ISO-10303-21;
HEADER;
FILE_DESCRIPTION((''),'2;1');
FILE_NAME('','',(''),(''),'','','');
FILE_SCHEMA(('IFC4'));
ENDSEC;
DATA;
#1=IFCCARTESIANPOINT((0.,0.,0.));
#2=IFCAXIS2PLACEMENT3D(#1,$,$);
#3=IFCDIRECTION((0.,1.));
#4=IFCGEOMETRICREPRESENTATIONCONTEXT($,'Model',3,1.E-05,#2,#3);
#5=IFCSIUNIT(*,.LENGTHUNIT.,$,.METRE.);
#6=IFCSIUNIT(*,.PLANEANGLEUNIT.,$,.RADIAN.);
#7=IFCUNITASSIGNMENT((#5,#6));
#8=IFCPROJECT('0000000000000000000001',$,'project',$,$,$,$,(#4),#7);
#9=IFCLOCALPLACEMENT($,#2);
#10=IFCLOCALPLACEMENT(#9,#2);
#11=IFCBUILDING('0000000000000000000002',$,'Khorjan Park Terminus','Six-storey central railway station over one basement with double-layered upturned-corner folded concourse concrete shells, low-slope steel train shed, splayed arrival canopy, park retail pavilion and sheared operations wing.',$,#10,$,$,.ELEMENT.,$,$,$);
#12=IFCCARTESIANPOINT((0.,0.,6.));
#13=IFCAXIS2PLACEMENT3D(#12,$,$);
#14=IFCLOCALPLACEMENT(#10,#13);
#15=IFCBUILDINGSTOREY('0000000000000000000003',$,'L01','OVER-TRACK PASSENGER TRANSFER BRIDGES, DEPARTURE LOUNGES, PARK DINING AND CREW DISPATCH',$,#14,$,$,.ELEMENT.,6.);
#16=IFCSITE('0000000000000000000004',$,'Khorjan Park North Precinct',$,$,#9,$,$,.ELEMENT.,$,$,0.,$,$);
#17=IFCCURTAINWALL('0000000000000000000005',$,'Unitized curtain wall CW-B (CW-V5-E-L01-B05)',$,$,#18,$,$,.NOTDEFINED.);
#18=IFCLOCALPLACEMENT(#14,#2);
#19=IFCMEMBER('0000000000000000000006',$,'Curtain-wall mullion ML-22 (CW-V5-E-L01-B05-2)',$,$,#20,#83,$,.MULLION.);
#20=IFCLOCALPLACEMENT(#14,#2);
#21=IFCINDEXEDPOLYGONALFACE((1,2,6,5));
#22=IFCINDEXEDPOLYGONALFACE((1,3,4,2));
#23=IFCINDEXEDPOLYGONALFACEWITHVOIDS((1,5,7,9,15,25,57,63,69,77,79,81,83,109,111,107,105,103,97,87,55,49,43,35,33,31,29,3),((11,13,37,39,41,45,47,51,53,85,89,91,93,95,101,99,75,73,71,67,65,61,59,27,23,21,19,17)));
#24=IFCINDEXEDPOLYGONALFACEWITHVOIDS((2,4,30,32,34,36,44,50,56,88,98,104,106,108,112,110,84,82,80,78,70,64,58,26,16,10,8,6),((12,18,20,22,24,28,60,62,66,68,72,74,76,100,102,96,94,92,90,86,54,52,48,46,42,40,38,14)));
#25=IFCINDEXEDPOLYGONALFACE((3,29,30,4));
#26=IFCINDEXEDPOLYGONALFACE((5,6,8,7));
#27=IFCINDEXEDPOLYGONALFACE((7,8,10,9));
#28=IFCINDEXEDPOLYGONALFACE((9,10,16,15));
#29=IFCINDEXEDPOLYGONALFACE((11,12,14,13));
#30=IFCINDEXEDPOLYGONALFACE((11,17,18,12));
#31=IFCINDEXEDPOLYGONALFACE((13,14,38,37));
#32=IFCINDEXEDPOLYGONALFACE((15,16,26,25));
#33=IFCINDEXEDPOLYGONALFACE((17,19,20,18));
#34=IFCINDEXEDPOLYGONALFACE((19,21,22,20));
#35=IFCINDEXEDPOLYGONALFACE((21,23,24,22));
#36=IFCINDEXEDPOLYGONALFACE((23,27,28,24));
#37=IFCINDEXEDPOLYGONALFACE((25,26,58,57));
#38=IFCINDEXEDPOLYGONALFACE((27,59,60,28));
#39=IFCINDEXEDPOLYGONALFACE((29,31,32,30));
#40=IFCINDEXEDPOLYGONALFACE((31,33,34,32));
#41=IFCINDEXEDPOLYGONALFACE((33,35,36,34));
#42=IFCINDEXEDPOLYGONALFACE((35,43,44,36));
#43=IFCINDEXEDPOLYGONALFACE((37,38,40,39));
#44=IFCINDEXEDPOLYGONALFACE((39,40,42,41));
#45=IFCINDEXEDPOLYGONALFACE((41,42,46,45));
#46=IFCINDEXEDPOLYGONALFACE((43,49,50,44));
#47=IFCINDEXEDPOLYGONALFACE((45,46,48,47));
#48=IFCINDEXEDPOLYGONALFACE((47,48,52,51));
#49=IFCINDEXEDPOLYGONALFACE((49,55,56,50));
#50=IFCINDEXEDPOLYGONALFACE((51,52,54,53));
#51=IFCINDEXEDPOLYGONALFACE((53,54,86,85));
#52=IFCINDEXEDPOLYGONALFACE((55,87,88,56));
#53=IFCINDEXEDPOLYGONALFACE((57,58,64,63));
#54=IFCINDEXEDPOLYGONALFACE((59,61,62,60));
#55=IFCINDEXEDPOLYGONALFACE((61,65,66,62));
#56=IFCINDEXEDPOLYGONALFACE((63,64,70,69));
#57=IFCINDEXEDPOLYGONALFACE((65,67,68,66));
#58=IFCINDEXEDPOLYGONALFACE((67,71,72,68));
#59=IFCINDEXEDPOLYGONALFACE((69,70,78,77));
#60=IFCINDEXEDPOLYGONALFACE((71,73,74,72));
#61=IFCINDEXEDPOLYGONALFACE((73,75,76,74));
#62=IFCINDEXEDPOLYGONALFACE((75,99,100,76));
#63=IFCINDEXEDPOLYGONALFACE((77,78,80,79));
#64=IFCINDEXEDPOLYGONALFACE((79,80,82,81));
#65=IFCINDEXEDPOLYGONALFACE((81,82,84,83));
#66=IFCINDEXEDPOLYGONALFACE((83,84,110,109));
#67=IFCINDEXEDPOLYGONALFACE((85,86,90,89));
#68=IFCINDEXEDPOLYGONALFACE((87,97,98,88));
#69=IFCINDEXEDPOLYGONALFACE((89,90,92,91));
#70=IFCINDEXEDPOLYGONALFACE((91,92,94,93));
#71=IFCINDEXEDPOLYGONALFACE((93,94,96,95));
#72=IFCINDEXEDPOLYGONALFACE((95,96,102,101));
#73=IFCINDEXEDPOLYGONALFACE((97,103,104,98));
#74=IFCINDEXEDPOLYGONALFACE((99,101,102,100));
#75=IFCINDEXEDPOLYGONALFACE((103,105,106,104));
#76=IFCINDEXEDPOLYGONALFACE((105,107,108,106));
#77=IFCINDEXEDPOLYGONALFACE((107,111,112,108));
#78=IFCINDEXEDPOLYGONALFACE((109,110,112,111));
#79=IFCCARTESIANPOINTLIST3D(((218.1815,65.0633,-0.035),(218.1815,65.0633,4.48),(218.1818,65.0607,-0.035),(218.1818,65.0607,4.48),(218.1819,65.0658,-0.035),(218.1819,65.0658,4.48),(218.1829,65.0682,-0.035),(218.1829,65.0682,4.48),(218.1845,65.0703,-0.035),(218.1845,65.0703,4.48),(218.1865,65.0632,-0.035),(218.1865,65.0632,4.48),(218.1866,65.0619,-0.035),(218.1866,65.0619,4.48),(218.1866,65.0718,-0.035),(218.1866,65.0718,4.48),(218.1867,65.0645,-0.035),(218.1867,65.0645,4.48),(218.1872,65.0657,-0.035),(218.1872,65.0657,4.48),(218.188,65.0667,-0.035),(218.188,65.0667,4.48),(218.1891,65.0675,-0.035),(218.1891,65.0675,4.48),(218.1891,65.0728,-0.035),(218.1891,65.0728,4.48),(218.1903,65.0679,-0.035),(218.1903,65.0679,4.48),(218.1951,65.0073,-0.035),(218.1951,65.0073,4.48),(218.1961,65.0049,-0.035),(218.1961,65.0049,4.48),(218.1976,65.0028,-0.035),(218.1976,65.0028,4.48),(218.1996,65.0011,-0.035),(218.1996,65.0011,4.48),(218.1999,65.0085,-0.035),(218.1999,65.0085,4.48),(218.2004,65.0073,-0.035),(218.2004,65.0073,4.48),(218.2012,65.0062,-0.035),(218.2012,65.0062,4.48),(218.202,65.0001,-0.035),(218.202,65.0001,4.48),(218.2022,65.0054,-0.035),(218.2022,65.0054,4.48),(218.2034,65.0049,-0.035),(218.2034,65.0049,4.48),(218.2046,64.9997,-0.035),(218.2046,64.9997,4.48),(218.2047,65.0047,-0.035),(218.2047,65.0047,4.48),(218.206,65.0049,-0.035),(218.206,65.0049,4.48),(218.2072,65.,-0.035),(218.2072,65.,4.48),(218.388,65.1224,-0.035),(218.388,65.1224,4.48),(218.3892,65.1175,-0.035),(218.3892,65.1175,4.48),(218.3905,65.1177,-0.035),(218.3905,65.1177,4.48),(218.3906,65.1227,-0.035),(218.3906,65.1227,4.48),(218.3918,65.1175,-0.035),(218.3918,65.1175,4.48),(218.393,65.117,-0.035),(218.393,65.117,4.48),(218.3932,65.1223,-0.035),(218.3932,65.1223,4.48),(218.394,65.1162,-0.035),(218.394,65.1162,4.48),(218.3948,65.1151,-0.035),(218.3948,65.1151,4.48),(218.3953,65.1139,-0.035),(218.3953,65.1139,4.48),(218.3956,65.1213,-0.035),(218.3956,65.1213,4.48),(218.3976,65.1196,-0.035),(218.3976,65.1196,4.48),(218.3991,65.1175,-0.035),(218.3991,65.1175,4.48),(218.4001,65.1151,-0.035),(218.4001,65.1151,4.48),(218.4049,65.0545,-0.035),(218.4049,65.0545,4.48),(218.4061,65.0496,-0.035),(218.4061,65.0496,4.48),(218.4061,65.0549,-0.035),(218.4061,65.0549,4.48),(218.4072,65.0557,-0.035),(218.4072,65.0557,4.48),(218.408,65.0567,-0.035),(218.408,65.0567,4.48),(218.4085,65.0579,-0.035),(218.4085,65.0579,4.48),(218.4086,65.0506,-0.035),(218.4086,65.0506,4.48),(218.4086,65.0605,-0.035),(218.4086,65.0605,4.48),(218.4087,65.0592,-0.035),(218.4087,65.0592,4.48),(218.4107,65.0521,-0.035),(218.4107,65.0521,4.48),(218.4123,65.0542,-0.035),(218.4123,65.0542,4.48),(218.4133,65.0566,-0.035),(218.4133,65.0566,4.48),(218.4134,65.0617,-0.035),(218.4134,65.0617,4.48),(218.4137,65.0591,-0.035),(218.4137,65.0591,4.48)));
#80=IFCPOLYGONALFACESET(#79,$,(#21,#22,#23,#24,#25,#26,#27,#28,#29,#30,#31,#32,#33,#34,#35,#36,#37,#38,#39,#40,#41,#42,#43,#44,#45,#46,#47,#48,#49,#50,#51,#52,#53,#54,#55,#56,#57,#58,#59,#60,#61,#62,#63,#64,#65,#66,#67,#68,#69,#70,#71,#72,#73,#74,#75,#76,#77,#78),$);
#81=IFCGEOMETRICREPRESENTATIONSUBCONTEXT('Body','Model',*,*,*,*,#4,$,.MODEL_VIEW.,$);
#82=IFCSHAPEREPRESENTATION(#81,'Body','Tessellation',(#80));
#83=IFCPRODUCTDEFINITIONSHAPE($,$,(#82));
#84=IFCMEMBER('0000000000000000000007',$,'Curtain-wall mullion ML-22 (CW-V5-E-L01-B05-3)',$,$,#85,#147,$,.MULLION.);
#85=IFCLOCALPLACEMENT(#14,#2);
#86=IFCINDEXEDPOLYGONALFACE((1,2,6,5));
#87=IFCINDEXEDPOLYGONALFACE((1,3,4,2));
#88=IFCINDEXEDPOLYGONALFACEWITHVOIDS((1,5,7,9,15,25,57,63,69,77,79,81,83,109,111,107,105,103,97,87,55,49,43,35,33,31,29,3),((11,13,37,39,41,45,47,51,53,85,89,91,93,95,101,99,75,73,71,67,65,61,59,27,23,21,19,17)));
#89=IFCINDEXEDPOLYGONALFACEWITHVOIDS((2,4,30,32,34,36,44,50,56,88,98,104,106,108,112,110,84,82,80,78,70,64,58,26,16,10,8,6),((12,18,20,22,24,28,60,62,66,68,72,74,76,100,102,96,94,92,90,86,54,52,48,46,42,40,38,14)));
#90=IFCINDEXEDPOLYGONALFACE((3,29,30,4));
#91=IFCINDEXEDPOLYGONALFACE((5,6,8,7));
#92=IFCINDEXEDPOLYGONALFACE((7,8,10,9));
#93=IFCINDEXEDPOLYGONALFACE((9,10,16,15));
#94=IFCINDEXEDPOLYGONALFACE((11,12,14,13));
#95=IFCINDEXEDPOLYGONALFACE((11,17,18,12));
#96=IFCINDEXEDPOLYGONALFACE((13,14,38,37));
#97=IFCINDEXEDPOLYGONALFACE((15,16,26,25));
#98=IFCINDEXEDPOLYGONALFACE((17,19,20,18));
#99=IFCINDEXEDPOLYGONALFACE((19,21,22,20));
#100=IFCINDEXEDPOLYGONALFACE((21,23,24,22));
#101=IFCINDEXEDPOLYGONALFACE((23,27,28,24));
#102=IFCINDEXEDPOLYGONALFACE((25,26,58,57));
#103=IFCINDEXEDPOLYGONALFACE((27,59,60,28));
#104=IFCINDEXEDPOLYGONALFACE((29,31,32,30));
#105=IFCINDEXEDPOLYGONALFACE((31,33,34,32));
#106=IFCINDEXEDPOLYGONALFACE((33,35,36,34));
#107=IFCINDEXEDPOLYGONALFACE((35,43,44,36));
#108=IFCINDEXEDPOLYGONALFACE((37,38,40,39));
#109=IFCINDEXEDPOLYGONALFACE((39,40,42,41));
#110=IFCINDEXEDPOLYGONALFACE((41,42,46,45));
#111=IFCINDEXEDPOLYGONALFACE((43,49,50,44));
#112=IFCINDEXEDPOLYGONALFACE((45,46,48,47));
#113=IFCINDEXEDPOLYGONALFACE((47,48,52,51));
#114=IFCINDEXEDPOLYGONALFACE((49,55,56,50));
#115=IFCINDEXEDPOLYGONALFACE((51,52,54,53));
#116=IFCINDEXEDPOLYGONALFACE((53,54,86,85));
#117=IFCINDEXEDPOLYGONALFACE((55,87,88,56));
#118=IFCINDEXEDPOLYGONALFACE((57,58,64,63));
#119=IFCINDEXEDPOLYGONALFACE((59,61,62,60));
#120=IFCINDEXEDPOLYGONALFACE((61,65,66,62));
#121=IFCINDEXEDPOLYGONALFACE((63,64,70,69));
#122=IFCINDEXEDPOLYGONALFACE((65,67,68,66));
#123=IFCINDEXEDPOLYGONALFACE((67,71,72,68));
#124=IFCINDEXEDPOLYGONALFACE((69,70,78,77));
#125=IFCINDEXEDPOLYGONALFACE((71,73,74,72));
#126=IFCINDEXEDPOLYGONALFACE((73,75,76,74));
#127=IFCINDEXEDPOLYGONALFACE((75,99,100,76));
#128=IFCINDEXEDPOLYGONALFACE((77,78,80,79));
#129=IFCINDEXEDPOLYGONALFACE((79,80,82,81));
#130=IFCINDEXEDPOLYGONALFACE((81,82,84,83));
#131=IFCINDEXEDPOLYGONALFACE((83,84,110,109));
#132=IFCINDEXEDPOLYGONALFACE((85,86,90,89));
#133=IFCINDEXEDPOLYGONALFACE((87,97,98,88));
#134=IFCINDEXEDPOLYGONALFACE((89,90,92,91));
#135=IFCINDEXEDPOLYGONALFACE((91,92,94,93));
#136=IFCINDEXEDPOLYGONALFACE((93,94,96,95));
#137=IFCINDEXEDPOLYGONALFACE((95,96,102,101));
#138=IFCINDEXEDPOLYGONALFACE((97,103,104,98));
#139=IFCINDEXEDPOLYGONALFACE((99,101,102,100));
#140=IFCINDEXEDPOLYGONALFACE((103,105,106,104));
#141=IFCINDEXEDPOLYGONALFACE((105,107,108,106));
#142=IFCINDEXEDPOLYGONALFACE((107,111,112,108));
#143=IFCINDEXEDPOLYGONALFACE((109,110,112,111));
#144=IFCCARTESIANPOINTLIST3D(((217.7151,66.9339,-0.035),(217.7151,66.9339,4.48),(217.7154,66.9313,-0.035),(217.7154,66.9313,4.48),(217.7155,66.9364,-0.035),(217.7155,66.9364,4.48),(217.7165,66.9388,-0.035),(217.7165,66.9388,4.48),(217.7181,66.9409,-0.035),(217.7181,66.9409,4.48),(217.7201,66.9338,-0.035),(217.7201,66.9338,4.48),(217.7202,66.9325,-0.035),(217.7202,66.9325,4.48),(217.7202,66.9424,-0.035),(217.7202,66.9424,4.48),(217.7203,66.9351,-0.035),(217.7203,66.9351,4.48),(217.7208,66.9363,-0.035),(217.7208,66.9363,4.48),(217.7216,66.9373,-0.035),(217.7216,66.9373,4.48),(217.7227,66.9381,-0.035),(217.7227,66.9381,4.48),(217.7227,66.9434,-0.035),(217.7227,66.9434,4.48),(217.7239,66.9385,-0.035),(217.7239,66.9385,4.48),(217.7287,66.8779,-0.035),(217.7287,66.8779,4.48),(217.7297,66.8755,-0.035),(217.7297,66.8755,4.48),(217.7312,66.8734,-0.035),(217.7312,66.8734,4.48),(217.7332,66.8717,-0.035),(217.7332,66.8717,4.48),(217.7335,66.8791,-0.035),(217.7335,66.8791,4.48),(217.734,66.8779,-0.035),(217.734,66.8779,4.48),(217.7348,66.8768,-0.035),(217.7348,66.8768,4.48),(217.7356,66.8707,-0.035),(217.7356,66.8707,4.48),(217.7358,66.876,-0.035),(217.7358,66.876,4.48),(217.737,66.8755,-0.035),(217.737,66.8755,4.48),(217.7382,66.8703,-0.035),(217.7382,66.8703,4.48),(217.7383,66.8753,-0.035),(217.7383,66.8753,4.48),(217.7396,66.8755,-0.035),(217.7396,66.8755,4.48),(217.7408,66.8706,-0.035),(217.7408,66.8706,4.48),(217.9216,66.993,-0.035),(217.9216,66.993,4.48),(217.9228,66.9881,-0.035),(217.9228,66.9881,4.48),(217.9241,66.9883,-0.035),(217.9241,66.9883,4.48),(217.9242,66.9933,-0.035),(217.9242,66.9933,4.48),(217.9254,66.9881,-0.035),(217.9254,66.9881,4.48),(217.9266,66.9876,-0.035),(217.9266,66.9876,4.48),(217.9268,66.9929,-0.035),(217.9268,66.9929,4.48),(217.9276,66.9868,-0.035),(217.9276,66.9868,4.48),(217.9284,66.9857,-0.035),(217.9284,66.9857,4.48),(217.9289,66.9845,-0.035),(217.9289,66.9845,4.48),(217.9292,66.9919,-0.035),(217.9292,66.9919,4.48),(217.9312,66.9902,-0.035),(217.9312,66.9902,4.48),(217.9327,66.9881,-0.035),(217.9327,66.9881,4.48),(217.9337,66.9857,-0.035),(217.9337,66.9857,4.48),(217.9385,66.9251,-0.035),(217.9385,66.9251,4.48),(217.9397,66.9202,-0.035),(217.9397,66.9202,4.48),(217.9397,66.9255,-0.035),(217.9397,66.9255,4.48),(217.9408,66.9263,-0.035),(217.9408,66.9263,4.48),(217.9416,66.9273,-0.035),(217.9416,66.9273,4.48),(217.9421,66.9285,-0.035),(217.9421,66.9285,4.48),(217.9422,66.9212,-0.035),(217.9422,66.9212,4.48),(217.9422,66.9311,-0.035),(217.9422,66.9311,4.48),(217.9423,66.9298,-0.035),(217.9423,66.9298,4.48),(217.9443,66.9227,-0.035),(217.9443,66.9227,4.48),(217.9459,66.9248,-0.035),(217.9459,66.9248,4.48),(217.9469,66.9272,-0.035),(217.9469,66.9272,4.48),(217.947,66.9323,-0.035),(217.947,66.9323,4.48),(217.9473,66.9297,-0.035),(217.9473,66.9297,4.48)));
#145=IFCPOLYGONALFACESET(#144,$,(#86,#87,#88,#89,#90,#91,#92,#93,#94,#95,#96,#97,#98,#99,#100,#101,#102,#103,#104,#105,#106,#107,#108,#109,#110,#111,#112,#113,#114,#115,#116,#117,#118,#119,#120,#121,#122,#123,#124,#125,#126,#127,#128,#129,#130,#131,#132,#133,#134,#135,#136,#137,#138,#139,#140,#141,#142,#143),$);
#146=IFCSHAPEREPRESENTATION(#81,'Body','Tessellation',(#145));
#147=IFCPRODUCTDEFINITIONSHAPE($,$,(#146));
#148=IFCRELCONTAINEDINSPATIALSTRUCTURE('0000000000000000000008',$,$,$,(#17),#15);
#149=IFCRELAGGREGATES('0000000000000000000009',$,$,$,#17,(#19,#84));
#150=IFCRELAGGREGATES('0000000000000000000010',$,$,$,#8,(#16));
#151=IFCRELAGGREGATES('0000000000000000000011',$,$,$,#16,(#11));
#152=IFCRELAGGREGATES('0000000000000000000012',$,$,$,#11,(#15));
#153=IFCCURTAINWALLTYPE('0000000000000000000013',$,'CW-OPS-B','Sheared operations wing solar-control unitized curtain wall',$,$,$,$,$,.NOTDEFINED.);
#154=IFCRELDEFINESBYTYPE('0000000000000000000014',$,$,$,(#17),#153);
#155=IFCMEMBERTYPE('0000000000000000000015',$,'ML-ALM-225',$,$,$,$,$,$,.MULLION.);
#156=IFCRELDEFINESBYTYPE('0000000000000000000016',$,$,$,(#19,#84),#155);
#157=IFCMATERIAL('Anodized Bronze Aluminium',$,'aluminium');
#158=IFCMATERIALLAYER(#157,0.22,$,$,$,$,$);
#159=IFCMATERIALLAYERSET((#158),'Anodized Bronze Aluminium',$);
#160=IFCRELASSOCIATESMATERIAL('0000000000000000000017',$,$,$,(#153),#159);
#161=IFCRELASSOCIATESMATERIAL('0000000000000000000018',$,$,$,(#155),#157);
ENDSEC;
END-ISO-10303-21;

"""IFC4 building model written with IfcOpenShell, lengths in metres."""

from ifc_helpers import new_model, si_unit, direction, frame, origin, origin_2d, place, context, subcontext, project, spatial, hollow_rectangle, extrude, material, layer, layer_set, material_profile, profile_set, type_object, element, aggregate, save


model = new_model("IFC4")

# Units and contexts
model_context = context("Model", 3, precision=1e-05, world=origin(), true_north=direction((0.0, 1.0)))
body_context = subcontext(model_context, "Body", "Model", "MODEL_VIEW")
ifc_project = project(units=[si_unit("LENGTHUNIT", "METRE"), si_unit("PLANEANGLEUNIT", "RADIAN")], contexts=[model_context])

# Site, building, storey
site_placement = place(None, origin())
site = spatial("IfcSite", under=ifc_project, at=site_placement, Name="Khorjan Park North Precinct", CompositionType="ELEMENT", RefElevation=0.0)
building_placement = place(site_placement, origin())
building = spatial("IfcBuilding", under=site, at=building_placement, Name="Khorjan Park Terminus", Description="Six-storey central railway station over one basement with double-layered upturned-corner folded concourse concrete shells, low-slope steel train shed, splayed arrival canopy, park retail pavilion and sheared operations wing.", CompositionType="ELEMENT")
storey_placement = place(building_placement, frame((0.0, 0.0, 6.0)))
storey = spatial("IfcBuildingStorey", under=building, at=storey_placement, Name="L01", Description="OVER-TRACK PASSENGER TRANSFER BRIDGES, DEPARTURE LOUNGES, PARK DINING AND CREW DISPATCH", CompositionType="ELEMENT", Elevation=6.0)

# Curtain wall, members
ifc_material_1 = material(Name="Anodized Bronze Aluminium", Category="aluminium")
ifc_layer_1 = layer(ifc_material_1, 0.22)
ifc_layer_set_1 = layer_set([ifc_layer_1], Name="Anodized Bronze Aluminium")
curtain_wall_type = type_object("IfcCurtainWallType", Name="CW-OPS-B", Description="Sheared operations wing solar-control unitized curtain wall", PredefinedType="NOTDEFINED", material=ifc_layer_set_1)
curtain_wall_placement = place(storey_placement, origin())
curtain_wall = element("IfcCurtainWall", 1, at=curtain_wall_placement, inside=storey, type_object=curtain_wall_type, Name="Unitized curtain wall CW-B (CW-V5-E-L01-B05)", PredefinedType="NOTDEFINED")
ifc_material_profile_1 = material_profile(ifc_material_1, hollow_rectangle(XDim=0.075, YDim=0.225, WallThickness=0.005, InnerFilletRadius=0.005, OuterFilletRadius=0.01, at=origin_2d()), Name="ALM 75x225x5")
ifc_profile_set_1 = profile_set([ifc_material_profile_1], Name="Anodized Bronze Aluminium")
member_type_1 = type_object("IfcMemberType", Name="ML-ALM-225", PredefinedType="MULLION", material=ifc_profile_set_1)
member_1_placement = place(storey_placement, frame((218.2976, 65.0612, -0.035), z_axis=(0.0, 0.0, 1.0), x_axis=(-0.241935, 0.970292, 0.0)))
member_1 = element("IfcMember", 2, at=member_1_placement, type_object=member_type_1, Name="Curtain-wall mullion ML-22 (CW-V5-E-L01-B05-2)", PredefinedType="MULLION", context=body_context, shape_type="SweptSolid", body=[
    extrude(hollow_rectangle(XDim=0.075, YDim=0.225, WallThickness=0.005, InnerFilletRadius=0.005, OuterFilletRadius=0.01, at=origin_2d()), origin(), (0.0, 0.0, 1.0), 4.515),
])
member_2_placement = place(storey_placement, frame((217.8312, 66.9318, -0.035), z_axis=(0.0, 0.0, 1.0), x_axis=(-0.241935, 0.970292, 0.0)))
member_2 = element("IfcMember", 3, at=member_2_placement, type_object=member_type_1, Name="Curtain-wall mullion ML-22 (CW-V5-E-L01-B05-3)", PredefinedType="MULLION", context=body_context, shape_type="SweptSolid", body=[
    extrude(hollow_rectangle(XDim=0.075, YDim=0.225, WallThickness=0.005, InnerFilletRadius=0.005, OuterFilletRadius=0.01, at=origin_2d()), origin(), (0.0, 0.0, 1.0), 4.515),
])
aggregate(curtain_wall, [member_1, member_2])

save(model, "model.ifc")
